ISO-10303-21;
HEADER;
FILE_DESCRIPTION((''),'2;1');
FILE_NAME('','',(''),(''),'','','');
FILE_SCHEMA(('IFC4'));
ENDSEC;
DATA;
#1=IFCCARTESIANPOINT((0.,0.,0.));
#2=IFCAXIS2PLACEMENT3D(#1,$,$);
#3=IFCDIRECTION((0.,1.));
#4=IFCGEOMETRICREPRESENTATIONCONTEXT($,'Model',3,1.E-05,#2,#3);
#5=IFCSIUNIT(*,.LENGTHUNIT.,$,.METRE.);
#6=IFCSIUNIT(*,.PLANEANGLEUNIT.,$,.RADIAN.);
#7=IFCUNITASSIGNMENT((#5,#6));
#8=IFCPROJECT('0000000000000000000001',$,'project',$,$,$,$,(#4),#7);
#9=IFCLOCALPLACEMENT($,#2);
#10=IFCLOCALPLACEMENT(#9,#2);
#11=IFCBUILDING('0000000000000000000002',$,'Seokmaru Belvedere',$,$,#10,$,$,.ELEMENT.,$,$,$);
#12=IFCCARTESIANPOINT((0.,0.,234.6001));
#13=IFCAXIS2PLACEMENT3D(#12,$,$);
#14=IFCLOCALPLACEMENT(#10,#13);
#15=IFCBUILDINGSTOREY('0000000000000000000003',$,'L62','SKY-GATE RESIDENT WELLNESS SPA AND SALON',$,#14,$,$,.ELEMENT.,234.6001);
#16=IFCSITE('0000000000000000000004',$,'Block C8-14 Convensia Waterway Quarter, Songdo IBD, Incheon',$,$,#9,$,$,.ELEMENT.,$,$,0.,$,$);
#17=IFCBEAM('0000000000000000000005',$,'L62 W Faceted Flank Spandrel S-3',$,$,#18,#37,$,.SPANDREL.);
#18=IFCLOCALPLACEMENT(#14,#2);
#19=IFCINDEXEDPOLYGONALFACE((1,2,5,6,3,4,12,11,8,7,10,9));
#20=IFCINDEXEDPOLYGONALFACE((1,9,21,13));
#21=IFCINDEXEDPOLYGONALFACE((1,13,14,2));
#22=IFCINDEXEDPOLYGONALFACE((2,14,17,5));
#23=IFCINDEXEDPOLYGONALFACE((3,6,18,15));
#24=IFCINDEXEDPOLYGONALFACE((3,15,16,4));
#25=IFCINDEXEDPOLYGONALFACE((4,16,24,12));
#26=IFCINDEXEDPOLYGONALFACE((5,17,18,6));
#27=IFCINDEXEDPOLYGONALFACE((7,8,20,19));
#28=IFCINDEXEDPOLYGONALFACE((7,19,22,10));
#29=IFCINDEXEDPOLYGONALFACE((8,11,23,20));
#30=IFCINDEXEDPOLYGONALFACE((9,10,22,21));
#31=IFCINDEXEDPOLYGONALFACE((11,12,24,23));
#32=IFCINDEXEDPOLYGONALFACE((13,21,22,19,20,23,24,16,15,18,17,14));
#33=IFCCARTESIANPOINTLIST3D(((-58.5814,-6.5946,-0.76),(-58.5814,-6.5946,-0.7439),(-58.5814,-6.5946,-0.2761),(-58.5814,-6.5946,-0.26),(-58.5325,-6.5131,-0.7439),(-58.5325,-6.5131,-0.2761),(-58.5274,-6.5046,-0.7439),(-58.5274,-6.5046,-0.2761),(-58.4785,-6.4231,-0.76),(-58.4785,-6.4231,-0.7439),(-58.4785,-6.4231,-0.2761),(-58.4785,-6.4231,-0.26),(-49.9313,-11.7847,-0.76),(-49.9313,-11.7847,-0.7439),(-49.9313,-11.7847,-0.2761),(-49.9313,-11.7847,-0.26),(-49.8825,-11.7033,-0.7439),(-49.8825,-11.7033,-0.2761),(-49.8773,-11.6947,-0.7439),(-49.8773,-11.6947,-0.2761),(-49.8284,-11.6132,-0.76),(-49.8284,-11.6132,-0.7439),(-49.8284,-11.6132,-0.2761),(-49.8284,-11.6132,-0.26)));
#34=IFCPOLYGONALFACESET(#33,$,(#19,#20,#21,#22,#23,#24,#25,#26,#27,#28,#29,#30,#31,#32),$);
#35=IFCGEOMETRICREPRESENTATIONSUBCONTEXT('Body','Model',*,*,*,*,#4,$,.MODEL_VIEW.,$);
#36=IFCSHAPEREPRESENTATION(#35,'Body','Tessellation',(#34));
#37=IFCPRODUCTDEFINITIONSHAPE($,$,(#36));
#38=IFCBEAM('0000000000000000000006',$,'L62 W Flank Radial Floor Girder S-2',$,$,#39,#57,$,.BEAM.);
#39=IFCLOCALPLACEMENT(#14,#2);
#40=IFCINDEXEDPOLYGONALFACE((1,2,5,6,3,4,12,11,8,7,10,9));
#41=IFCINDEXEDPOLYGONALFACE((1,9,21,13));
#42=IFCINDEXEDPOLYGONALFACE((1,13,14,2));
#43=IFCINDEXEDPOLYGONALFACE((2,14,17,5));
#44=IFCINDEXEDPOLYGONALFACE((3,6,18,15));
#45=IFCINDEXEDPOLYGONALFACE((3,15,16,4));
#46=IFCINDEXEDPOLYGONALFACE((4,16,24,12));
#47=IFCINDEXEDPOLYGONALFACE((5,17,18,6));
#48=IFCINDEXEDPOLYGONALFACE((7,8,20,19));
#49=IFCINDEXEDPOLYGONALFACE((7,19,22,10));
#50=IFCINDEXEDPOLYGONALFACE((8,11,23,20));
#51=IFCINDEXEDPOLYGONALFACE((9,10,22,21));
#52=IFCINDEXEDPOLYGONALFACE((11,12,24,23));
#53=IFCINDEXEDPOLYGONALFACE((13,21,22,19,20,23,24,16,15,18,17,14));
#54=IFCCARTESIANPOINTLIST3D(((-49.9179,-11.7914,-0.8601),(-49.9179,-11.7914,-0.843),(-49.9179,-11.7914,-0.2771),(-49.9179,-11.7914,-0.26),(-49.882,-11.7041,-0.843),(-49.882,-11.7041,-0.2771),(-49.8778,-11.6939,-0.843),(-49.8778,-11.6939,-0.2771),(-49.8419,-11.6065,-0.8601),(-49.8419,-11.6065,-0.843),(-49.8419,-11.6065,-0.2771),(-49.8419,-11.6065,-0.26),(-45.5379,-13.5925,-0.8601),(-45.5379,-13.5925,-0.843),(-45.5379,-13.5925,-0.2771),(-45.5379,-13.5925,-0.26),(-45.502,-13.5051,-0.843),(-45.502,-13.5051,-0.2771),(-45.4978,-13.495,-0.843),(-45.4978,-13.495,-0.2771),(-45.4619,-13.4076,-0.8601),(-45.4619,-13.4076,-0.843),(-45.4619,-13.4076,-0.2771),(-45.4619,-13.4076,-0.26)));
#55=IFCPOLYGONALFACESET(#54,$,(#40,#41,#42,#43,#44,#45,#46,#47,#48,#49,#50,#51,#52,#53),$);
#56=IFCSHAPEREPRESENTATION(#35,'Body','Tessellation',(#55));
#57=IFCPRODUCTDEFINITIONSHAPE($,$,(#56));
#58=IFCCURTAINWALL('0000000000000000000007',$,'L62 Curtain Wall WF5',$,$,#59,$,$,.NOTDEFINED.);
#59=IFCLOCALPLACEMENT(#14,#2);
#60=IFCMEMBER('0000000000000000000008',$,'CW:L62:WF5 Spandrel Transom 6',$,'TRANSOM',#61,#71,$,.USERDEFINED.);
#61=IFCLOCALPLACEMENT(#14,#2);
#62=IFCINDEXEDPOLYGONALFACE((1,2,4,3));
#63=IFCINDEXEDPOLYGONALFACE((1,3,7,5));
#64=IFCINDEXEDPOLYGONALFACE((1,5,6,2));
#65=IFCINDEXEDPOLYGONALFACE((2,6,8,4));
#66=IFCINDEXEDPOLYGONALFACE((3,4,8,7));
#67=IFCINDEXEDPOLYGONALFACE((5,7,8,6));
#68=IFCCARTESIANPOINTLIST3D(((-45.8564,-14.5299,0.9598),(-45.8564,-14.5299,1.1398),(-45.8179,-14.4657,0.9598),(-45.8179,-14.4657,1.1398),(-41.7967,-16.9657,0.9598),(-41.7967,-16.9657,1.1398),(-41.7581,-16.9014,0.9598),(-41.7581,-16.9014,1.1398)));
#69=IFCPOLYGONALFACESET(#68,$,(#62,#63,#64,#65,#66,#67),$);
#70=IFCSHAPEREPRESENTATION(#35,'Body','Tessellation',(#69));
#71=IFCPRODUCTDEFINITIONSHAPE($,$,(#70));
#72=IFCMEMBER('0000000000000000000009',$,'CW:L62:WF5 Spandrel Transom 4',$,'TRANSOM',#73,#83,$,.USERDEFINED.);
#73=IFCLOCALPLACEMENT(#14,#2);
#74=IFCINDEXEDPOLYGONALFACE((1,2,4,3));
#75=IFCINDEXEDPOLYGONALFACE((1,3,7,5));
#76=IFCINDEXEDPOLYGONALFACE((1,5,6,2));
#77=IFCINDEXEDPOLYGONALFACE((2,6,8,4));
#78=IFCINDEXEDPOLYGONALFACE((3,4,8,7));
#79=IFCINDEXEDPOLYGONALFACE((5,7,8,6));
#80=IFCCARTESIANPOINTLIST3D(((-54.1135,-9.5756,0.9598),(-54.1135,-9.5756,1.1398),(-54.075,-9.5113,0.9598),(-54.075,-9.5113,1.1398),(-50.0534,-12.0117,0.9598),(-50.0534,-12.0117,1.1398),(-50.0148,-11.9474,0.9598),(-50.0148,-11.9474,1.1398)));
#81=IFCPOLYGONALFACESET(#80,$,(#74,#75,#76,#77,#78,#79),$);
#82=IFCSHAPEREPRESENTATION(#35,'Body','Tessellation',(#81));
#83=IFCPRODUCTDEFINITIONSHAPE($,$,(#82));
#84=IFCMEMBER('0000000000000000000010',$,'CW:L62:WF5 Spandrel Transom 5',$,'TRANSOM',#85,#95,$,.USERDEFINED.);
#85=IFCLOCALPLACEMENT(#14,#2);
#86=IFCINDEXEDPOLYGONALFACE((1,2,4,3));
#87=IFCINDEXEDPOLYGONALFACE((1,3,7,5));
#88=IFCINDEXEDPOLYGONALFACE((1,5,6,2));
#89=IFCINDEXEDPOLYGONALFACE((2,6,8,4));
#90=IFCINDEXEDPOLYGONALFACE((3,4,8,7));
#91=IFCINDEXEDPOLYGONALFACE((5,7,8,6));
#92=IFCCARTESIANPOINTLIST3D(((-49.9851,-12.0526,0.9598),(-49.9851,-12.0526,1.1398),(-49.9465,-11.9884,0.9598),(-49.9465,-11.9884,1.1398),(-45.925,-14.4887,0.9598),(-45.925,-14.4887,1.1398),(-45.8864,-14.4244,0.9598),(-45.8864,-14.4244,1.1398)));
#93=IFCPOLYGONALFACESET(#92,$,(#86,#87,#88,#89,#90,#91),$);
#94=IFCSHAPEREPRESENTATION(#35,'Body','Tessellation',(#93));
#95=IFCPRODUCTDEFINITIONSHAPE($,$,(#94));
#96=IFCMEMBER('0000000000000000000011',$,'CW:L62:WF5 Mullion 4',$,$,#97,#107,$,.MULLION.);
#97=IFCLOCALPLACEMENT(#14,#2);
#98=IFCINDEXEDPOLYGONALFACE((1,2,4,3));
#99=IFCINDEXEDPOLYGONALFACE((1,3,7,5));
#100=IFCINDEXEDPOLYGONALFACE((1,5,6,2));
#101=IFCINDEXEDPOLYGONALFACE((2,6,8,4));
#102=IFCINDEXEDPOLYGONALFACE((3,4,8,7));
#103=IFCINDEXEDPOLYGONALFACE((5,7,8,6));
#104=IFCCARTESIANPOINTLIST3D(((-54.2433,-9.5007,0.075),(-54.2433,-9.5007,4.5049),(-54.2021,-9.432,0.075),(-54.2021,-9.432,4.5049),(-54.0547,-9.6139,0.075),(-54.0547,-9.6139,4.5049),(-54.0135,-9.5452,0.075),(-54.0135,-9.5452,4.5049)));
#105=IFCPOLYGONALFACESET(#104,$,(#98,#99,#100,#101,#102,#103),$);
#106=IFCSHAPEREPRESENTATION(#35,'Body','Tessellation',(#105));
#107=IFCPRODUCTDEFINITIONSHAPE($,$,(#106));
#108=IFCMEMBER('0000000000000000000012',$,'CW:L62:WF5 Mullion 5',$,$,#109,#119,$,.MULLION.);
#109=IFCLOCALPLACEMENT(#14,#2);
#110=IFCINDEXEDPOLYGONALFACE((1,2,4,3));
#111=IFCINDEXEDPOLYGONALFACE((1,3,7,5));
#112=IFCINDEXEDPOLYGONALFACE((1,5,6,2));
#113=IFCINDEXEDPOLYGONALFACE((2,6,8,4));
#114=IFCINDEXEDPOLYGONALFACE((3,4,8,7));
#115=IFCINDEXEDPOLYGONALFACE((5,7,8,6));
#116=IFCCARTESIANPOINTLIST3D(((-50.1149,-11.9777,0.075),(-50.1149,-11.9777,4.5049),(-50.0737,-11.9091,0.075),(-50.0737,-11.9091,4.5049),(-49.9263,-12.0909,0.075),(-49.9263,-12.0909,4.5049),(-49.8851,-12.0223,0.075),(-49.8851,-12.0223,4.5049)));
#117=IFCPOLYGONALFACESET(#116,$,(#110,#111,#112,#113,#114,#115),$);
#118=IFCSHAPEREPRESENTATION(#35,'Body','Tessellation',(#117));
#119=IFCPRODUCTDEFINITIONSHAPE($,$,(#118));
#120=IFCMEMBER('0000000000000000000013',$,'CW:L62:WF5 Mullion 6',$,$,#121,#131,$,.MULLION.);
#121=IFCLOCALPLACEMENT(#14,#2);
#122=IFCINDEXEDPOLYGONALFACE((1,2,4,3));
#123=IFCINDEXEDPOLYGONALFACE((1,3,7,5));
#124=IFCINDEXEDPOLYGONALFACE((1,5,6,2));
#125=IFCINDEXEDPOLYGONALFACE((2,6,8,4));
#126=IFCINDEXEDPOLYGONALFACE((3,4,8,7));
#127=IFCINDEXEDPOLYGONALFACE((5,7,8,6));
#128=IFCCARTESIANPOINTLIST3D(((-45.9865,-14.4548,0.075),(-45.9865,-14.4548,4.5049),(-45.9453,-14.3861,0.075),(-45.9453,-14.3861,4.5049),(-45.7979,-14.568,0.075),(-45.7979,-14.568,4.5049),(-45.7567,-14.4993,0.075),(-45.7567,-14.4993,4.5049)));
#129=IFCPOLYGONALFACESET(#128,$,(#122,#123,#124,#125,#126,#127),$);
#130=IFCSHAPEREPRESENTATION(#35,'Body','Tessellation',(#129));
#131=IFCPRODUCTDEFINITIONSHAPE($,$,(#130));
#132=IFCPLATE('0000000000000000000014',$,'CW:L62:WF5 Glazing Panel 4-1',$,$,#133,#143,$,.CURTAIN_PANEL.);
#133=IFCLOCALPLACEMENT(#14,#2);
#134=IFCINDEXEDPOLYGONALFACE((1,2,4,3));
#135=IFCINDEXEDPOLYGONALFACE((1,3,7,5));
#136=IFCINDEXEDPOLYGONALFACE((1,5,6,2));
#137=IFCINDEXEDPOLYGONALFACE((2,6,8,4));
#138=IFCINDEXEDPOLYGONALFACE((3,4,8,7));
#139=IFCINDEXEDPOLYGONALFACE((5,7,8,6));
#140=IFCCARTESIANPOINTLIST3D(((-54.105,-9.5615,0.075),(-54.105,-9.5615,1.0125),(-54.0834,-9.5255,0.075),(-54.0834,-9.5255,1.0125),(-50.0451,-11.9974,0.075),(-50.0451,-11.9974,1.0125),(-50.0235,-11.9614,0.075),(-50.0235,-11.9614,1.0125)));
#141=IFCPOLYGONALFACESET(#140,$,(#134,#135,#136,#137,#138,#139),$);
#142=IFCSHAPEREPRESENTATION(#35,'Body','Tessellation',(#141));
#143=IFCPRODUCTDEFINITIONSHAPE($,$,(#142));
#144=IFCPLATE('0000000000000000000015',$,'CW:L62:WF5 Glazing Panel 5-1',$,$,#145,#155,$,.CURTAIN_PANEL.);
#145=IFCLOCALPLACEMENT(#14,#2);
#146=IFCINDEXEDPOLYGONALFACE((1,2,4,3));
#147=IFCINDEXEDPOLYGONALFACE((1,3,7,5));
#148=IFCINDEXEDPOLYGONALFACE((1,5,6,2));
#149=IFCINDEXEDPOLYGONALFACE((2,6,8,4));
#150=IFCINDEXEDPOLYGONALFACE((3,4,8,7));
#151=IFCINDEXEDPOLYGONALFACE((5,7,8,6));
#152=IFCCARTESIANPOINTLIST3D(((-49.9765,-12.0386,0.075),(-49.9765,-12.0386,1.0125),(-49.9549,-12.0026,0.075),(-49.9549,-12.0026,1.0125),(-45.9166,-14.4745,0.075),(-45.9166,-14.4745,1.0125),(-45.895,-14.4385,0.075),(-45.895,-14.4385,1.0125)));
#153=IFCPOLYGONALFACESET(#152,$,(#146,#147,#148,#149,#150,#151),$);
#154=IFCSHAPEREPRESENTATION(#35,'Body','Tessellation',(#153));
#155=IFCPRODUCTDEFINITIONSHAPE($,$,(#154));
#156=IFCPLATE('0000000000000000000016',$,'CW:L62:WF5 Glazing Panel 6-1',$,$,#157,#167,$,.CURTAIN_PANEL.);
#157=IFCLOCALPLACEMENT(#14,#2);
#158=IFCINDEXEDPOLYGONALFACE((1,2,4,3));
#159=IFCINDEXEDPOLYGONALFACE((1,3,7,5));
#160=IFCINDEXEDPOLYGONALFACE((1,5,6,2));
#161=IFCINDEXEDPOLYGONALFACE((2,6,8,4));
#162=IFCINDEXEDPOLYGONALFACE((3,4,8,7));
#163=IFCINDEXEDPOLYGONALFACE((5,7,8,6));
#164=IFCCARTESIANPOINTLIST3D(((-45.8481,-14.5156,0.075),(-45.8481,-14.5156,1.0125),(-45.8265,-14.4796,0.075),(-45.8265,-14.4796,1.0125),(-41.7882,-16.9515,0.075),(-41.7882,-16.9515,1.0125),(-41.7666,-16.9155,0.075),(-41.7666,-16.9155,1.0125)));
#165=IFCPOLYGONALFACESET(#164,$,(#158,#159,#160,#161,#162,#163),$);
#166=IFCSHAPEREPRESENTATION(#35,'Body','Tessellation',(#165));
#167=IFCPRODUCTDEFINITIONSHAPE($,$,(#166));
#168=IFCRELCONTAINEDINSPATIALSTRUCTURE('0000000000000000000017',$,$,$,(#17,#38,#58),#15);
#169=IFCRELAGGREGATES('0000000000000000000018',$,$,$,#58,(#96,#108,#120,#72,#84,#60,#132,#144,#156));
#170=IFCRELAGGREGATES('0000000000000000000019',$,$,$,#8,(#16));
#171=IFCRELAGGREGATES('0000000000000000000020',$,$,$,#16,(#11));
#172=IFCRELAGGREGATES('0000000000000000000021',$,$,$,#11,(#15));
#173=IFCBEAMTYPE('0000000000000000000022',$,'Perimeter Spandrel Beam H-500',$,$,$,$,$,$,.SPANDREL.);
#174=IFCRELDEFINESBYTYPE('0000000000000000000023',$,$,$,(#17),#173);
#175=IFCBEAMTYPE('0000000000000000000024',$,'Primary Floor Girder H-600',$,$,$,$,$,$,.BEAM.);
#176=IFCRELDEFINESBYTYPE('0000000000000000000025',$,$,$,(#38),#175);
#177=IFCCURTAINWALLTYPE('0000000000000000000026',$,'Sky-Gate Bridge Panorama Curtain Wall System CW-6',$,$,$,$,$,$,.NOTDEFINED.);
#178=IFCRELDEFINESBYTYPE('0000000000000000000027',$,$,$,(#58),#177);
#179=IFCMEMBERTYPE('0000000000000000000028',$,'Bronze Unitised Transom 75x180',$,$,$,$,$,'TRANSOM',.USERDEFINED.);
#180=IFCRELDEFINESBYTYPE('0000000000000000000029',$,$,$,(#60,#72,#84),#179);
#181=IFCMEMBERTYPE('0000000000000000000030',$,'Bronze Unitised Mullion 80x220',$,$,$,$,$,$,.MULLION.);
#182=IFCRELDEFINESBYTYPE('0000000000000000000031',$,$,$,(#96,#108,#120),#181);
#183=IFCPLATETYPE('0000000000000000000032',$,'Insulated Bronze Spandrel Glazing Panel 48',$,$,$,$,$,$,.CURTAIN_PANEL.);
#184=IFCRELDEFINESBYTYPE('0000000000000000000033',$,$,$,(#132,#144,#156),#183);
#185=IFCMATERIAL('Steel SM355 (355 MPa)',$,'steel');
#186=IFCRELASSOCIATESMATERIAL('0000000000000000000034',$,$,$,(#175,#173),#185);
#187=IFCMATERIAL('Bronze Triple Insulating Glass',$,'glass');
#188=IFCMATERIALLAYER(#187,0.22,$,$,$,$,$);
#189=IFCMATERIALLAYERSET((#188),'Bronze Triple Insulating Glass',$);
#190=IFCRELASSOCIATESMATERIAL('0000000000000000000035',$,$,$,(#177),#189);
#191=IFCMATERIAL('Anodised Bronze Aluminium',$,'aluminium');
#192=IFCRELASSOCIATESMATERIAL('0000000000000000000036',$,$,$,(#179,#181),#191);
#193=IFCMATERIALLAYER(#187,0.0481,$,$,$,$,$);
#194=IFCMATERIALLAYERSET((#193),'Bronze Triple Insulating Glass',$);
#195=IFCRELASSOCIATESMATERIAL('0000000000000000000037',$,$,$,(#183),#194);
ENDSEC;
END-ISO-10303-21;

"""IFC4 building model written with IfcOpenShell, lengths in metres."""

from ifc_helpers import new_model, si_unit, direction, frame, origin, origin_2d, place, context, subcontext, project, spatial, rectangle, i_section, extrude, source, transform, mapped, material, layer, layer_set, material_profile, profile_set, type_object, type_shapes, element, aggregate, save


model = new_model("IFC4")

# Units and contexts
model_context = context("Model", 3, precision=1e-05, world=origin(), true_north=direction((0.0, 1.0)))
body_context = subcontext(model_context, "Body", "Model", "MODEL_VIEW")
ifc_project = project(units=[si_unit("LENGTHUNIT", "METRE"), si_unit("PLANEANGLEUNIT", "RADIAN")], contexts=[model_context])

# Site, building, storey
site_placement = place(None, origin())
site = spatial("IfcSite", under=ifc_project, at=site_placement, Name="Block C8-14 Convensia Waterway Quarter, Songdo IBD, Incheon", CompositionType="ELEMENT", RefElevation=0.0)
building_placement = place(site_placement, origin())
building = spatial("IfcBuilding", under=site, at=building_placement, Name="Seokmaru Belvedere", CompositionType="ELEMENT")
storey_placement = place(building_placement, frame((0.0, 0.0, 234.6001)))
storey = spatial("IfcBuildingStorey", under=building, at=storey_placement, Name="L62", Description="SKY-GATE RESIDENT WELLNESS SPA AND SALON", CompositionType="ELEMENT", Elevation=234.6001)

# Shared definitions
ifc_material_1 = material(Name="Steel SM355 (355 MPa)", Category="steel")

# Beams
ifc_material_profile_1 = material_profile(ifc_material_1, i_section(OverallWidth=0.2, OverallDepth=0.6001, WebThickness=0.011, FlangeThickness=0.0171, at=origin_2d()), Name="H-600x200x11x17")
ifc_profile_set_1 = profile_set([ifc_material_profile_1], Name="Steel SM355 (355 MPa)")
beam_type_1 = type_object("IfcBeamType", Name="Primary Floor Girder H-600", PredefinedType="BEAM", material=ifc_profile_set_1)
ifc_material_profile_2 = material_profile(ifc_material_1, i_section(OverallWidth=0.2, OverallDepth=0.5, WebThickness=0.01, FlangeThickness=0.0161, at=origin_2d()), Name="H-500x200x10x16")
ifc_profile_set_2 = profile_set([ifc_material_profile_2], Name="Steel SM355 (355 MPa)")
beam_type_2 = type_object("IfcBeamType", Name="Perimeter Spandrel Beam H-500", PredefinedType="SPANDREL", material=ifc_profile_set_2)
shared_shape_1 = source(origin(), body_context, "Body", "SweptSolid", [
    extrude(i_section(OverallWidth=0.2, OverallDepth=0.5, WebThickness=0.01, FlangeThickness=0.0161, at=origin_2d()), origin(), (0.0, 0.0, 1.0), 10.0876),
])
type_shapes(beam_type_2, [shared_shape_1])
beam_1_placement = place(storey_placement, frame((-49.8799, -11.699, -0.51), z_axis=(-0.857489, 0.514503, 0.0), x_axis=(-0.514503, -0.857489, 0.0)))
element("IfcBeam", 1, at=beam_1_placement, inside=storey, type_object=beam_type_2, Name="L62 W Faceted Flank Spandrel S-3", PredefinedType="SPANDREL", context=body_context, shape_type="MappedRepresentation", body=[
    mapped(shared_shape_1, transform((0.0, 0.0, 0.0), scale=1.0)),
])
shared_shape_2 = source(origin(), body_context, "Body", "SweptSolid", [
    extrude(i_section(OverallWidth=0.2, OverallDepth=0.6001, WebThickness=0.011, FlangeThickness=0.0171, at=origin_2d()), origin(), (0.0, 0.0, 1.0), 4.7358),
])
beam_2_placement = place(storey_placement, frame((-49.8799, -11.699, -0.5601), z_axis=(0.924861, -0.380306, 0.0), x_axis=(0.380306, 0.924861, 0.0)))
element("IfcBeam", 2, at=beam_2_placement, inside=storey, type_object=beam_type_1, Name="L62 W Flank Radial Floor Girder S-2", PredefinedType="BEAM", context=body_context, shape_type="MappedRepresentation", body=[
    mapped(shared_shape_2, transform((0.0, 0.0, 0.0), scale=1.0)),
])

# Curtain wall, members, plates
ifc_material_2 = material(Name="Bronze Triple Insulating Glass", Category="glass")
ifc_layer_1 = layer(ifc_material_2, 0.22)
ifc_layer_set_1 = layer_set([ifc_layer_1], Name="Bronze Triple Insulating Glass")
curtain_wall_type = type_object("IfcCurtainWallType", Name="Sky-Gate Bridge Panorama Curtain Wall System CW-6", PredefinedType="NOTDEFINED", material=ifc_layer_set_1)
curtain_wall_placement = place(storey_placement, origin())
curtain_wall = element("IfcCurtainWall", 3, at=curtain_wall_placement, inside=storey, type_object=curtain_wall_type, Name="L62 Curtain Wall WF5", PredefinedType="NOTDEFINED")
ifc_material_3 = material(Name="Anodised Bronze Aluminium", Category="aluminium")
ifc_material_profile_3 = material_profile(ifc_material_3, rectangle(XDim=0.075, YDim=0.1799, at=origin_2d()), Name="CW-T-75x180")
ifc_profile_set_3 = profile_set([ifc_material_profile_3], Name="Anodised Bronze Aluminium")
member_type_1 = type_object("IfcMemberType", Name="Bronze Unitised Transom 75x180", ElementType="TRANSOM", PredefinedType="USERDEFINED", material=ifc_profile_set_3)
shared_shape_3 = source(origin(), body_context, "Body", "SweptSolid", [
    extrude(rectangle(XDim=0.075, YDim=0.1799, at=origin_2d()), origin(), (0.0, 0.0, 1.0), 4.7344),
])
member_1_placement = place(storey_placement, frame((-45.8372, -14.4978, 1.0498), z_axis=(0.857502, -0.514481, 0.0), x_axis=(0.514481, 0.857502, 0.0)))
member_1 = element("IfcMember", 4, at=member_1_placement, type_object=member_type_1, Name="CW:L62:WF5 Spandrel Transom 6", ObjectType="TRANSOM", PredefinedType="USERDEFINED", context=body_context, shape_type="MappedRepresentation", body=[
    mapped(shared_shape_3, transform((0.0, 0.0, 0.0), scale=1.0)),
])
shared_shape_4 = source(origin(), body_context, "Body", "SweptSolid", [
    extrude(rectangle(XDim=0.075, YDim=0.1799, at=origin_2d()), origin(), (0.0, 0.0, 1.0), 4.7349),
])
type_shapes(member_type_1, [shared_shape_3, shared_shape_4])
member_2_placement = place(storey_placement, frame((-54.0942, -9.5435, 1.0498), z_axis=(0.857493, -0.514496, 0.0), x_axis=(0.514496, 0.857493, 0.0)))
member_2 = element("IfcMember", 5, at=member_2_placement, type_object=member_type_1, Name="CW:L62:WF5 Spandrel Transom 4", ObjectType="TRANSOM", PredefinedType="USERDEFINED", context=body_context, shape_type="MappedRepresentation", body=[
    mapped(shared_shape_4, transform((0.0, 0.0, 0.0), scale=1.0)),
])
member_3_placement = place(storey_placement, frame((-49.9658, -12.0205, 1.0498), z_axis=(0.857493, -0.514496, 0.0), x_axis=(0.514496, 0.857493, 0.0)))
member_3 = element("IfcMember", 6, at=member_3_placement, type_object=member_type_1, Name="CW:L62:WF5 Spandrel Transom 5", ObjectType="TRANSOM", PredefinedType="USERDEFINED", context=body_context, shape_type="MappedRepresentation", body=[
    mapped(shared_shape_4, transform((0.0, 0.0, 0.0), scale=1.0)),
])
ifc_material_profile_4 = material_profile(ifc_material_3, rectangle(XDim=0.0801, YDim=0.22, at=origin_2d()), Name="CW-M-80x220")
ifc_profile_set_4 = profile_set([ifc_material_profile_4], Name="Anodised Bronze Aluminium")
member_type_2 = type_object("IfcMemberType", Name="Bronze Unitised Mullion 80x220", PredefinedType="MULLION", material=ifc_profile_set_4)
shared_shape_5 = source(origin(), body_context, "Body", "SweptSolid", [
    extrude(rectangle(XDim=0.0801, YDim=0.22, at=origin_2d()), origin(), (0.0, 0.0, 1.0), 4.4299),
])
type_shapes(member_type_2, [shared_shape_5])
member_4_placement = place(storey_placement, frame((-54.1284, -9.5229, 0.075), z_axis=(0.0, 0.0, 1.0), x_axis=(0.514495, 0.857493, 0.0)))
member_4 = element("IfcMember", 7, at=member_4_placement, type_object=member_type_2, Name="CW:L62:WF5 Mullion 4", PredefinedType="MULLION", context=body_context, shape_type="MappedRepresentation", body=[
    mapped(shared_shape_5, transform((0.0, 0.0, 0.0), scale=1.0)),
])
member_5_placement = place(storey_placement, frame((-50.0, -12.0, 0.075), z_axis=(0.0, 0.0, 1.0), x_axis=(0.514495, 0.857493, 0.0)))
member_5 = element("IfcMember", 8, at=member_5_placement, type_object=member_type_2, Name="CW:L62:WF5 Mullion 5", PredefinedType="MULLION", context=body_context, shape_type="MappedRepresentation", body=[
    mapped(shared_shape_5, transform((0.0, 0.0, 0.0), scale=1.0)),
])
member_6_placement = place(storey_placement, frame((-45.8716, -14.4771, 0.075), z_axis=(0.0, 0.0, 1.0), x_axis=(0.514495, 0.857493, 0.0)))
member_6 = element("IfcMember", 9, at=member_6_placement, type_object=member_type_2, Name="CW:L62:WF5 Mullion 6", PredefinedType="MULLION", context=body_context, shape_type="MappedRepresentation", body=[
    mapped(shared_shape_5, transform((0.0, 0.0, 0.0), scale=1.0)),
])
ifc_layer_2 = layer(ifc_material_2, 0.0481)
ifc_layer_set_2 = layer_set([ifc_layer_2], Name="Bronze Triple Insulating Glass")
plate_type_1 = type_object("IfcPlateType", Name="Insulated Bronze Spandrel Glazing Panel 48", PredefinedType="CURTAIN_PANEL", material=ifc_layer_set_2)
shared_shape_6 = source(origin(), body_context, "Body", "SweptSolid", [
    extrude(rectangle(XDim=4.7346, YDim=0.042, at=origin_2d()), origin(), (0.0, 0.0, 1.0), 0.9375),
])
type_shapes(plate_type_1, [shared_shape_6])
plate_1_placement = place(storey_placement, frame((-52.0642, -10.7615, 0.075), z_axis=(0.0, 0.0, 1.0), x_axis=(0.857493, -0.514495, 0.0)))
plate_1 = element("IfcPlate", 10, at=plate_1_placement, type_object=plate_type_1, Name="CW:L62:WF5 Glazing Panel 4-1", PredefinedType="CURTAIN_PANEL", context=body_context, shape_type="MappedRepresentation", body=[
    mapped(shared_shape_6, transform((0.0, 0.0, 0.0), scale=1.0)),
])
plate_2_placement = place(storey_placement, frame((-47.9358, -13.2385, 0.075), z_axis=(0.0, 0.0, 1.0), x_axis=(0.857493, -0.514495, 0.0)))
plate_2 = element("IfcPlate", 11, at=plate_2_placement, type_object=plate_type_1, Name="CW:L62:WF5 Glazing Panel 5-1", PredefinedType="CURTAIN_PANEL", context=body_context, shape_type="MappedRepresentation", body=[
    mapped(shared_shape_6, transform((0.0, 0.0, 0.0), scale=1.0)),
])
plate_3_placement = place(storey_placement, frame((-43.8074, -15.7156, 0.075), z_axis=(0.0, 0.0, 1.0), x_axis=(0.857493, -0.514495, 0.0)))
plate_3 = element("IfcPlate", 12, at=plate_3_placement, type_object=plate_type_1, Name="CW:L62:WF5 Glazing Panel 6-1", PredefinedType="CURTAIN_PANEL", context=body_context, shape_type="MappedRepresentation", body=[
    mapped(shared_shape_6, transform((0.0, 0.0, 0.0), scale=1.0)),
])
aggregate(curtain_wall, [member_4, member_5, member_6, member_2, member_3, member_1, plate_1, plate_2, plate_3])

save(model, "model.ifc")
